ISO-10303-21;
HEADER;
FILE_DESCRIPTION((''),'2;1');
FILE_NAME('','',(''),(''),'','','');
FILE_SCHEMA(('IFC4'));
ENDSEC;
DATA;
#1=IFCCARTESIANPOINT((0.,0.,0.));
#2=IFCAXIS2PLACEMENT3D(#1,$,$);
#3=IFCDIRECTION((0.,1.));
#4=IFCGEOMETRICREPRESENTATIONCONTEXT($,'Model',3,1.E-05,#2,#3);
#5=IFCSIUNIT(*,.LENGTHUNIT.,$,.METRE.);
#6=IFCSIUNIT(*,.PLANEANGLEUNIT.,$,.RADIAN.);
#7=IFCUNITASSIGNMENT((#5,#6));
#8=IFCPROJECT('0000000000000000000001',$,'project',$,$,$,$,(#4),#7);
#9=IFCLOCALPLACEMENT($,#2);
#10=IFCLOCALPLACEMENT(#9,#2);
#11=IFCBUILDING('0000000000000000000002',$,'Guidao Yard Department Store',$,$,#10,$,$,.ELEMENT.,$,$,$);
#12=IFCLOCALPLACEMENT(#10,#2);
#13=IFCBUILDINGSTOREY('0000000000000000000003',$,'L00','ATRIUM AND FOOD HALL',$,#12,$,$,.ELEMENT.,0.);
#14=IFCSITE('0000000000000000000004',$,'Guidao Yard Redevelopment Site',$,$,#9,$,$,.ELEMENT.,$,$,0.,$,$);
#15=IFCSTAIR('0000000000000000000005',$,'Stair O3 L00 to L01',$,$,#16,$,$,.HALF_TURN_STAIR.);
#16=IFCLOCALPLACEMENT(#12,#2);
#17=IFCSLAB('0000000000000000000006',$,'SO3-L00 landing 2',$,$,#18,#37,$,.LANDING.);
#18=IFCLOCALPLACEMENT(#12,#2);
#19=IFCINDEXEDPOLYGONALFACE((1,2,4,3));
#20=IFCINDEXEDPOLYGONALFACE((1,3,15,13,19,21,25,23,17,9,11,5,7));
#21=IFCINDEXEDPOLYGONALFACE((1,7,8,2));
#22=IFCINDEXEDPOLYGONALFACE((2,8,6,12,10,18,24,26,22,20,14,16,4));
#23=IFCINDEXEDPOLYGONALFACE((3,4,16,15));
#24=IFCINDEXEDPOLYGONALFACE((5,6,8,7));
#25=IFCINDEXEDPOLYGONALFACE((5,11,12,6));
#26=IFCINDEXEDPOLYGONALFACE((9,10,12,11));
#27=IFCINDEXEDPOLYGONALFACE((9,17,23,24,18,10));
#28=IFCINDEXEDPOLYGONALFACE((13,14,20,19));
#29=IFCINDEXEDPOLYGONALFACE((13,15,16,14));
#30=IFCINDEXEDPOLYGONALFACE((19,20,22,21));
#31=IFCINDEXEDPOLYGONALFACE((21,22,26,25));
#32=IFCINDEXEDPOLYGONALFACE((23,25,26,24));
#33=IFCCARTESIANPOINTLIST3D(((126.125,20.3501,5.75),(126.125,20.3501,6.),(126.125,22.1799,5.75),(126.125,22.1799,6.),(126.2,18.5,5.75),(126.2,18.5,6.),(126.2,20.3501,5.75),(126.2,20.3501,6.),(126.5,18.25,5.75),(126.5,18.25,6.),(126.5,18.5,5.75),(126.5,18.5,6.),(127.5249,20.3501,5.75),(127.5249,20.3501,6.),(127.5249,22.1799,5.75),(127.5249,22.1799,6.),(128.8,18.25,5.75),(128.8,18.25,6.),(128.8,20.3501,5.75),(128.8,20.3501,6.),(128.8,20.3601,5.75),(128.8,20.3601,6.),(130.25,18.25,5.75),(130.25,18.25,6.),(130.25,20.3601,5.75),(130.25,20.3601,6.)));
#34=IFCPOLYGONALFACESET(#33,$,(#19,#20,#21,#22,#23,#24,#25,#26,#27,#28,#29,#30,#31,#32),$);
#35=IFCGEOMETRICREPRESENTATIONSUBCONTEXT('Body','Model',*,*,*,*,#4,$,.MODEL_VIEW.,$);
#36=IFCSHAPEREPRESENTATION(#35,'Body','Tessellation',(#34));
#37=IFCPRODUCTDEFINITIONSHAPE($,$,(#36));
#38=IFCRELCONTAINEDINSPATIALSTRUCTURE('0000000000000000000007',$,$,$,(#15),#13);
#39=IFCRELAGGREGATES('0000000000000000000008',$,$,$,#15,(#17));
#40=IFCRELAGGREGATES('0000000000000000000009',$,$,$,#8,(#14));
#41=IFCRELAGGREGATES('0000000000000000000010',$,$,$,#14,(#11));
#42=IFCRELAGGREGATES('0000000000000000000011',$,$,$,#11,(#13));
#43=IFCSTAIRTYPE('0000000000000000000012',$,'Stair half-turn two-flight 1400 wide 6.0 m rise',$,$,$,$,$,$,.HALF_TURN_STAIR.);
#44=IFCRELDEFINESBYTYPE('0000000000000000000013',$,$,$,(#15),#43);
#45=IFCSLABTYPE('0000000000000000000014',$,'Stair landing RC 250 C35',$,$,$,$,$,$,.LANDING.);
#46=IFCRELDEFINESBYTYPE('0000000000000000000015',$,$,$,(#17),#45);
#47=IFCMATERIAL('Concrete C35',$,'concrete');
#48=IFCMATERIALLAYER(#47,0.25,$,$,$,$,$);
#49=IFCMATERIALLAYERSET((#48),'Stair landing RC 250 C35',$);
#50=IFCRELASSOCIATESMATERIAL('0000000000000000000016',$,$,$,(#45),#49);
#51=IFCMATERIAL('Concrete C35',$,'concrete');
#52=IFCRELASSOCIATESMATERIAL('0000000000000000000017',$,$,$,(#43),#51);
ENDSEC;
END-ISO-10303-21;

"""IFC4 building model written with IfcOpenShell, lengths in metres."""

from ifc_helpers import new_model, si_unit, direction, frame, origin, place, context, subcontext, project, spatial, polyline, outline, extrude, material, layer, layer_set, type_object, element, aggregate, save


model = new_model("IFC4")

# Units and contexts
model_context = context("Model", 3, precision=1e-05, world=origin(), true_north=direction((0.0, 1.0)))
body_context = subcontext(model_context, "Body", "Model", "MODEL_VIEW")
ifc_project = project(units=[si_unit("LENGTHUNIT", "METRE"), si_unit("PLANEANGLEUNIT", "RADIAN")], contexts=[model_context])

# Site, building, storey
site_placement = place(None, origin())
site = spatial("IfcSite", under=ifc_project, at=site_placement, Name="Guidao Yard Redevelopment Site", CompositionType="ELEMENT", RefElevation=0.0)
building_placement = place(site_placement, origin())
building = spatial("IfcBuilding", under=site, at=building_placement, Name="Guidao Yard Department Store", CompositionType="ELEMENT")
storey_placement = place(building_placement, origin())
storey = spatial("IfcBuildingStorey", under=building, at=storey_placement, Name="L00", Description="ATRIUM AND FOOD HALL", CompositionType="ELEMENT", Elevation=0.0)

# Stair, slab
ifc_material_1 = material(Name="Concrete C35", Category="concrete")
ifc_layer_1 = layer(ifc_material_1, 0.25)
ifc_layer_set_1 = layer_set([ifc_layer_1], Name="Stair landing RC 250 C35")
slab_type_1 = type_object("IfcSlabType", Name="Stair landing RC 250 C35", PredefinedType="LANDING", material=ifc_layer_set_1)
ifc_material_2 = material(Name="Concrete C35", Category="concrete")
stair_type_1 = type_object("IfcStairType", Name="Stair half-turn two-flight 1400 wide 6.0 m rise", PredefinedType="HALF_TURN_STAIR", material=ifc_material_2)
stair_1_placement = place(storey_placement, origin())
stair_1 = element("IfcStair", 1, at=stair_1_placement, inside=storey, type_object=stair_type_1, Name="Stair O3 L00 to L01", PredefinedType="HALF_TURN_STAIR")
slab_1_placement = place(storey_placement, frame((0.0, 0.0, 5.75)))
slab_1 = element("IfcSlab", 2, at=slab_1_placement, type_object=slab_type_1, Name="SO3-L00 landing 2", PredefinedType="LANDING", context=body_context, shape_type="SweptSolid", body=[
    extrude(outline(polyline([(130.25, 20.3601), (130.25, 18.25), (128.8, 18.25), (126.5, 18.25), (126.5, 18.5), (126.2, 18.5), (126.2, 20.3501), (126.125, 20.3501), (126.125, 22.1799), (127.5249, 22.1799), (127.5249, 20.3501), (128.8, 20.3501), (128.8, 20.3601), (130.25, 20.3601)])), origin(), (0.0, 0.0, 1.0), 0.25),
])
aggregate(stair_1, [slab_1])

save(model, "model.ifc")
